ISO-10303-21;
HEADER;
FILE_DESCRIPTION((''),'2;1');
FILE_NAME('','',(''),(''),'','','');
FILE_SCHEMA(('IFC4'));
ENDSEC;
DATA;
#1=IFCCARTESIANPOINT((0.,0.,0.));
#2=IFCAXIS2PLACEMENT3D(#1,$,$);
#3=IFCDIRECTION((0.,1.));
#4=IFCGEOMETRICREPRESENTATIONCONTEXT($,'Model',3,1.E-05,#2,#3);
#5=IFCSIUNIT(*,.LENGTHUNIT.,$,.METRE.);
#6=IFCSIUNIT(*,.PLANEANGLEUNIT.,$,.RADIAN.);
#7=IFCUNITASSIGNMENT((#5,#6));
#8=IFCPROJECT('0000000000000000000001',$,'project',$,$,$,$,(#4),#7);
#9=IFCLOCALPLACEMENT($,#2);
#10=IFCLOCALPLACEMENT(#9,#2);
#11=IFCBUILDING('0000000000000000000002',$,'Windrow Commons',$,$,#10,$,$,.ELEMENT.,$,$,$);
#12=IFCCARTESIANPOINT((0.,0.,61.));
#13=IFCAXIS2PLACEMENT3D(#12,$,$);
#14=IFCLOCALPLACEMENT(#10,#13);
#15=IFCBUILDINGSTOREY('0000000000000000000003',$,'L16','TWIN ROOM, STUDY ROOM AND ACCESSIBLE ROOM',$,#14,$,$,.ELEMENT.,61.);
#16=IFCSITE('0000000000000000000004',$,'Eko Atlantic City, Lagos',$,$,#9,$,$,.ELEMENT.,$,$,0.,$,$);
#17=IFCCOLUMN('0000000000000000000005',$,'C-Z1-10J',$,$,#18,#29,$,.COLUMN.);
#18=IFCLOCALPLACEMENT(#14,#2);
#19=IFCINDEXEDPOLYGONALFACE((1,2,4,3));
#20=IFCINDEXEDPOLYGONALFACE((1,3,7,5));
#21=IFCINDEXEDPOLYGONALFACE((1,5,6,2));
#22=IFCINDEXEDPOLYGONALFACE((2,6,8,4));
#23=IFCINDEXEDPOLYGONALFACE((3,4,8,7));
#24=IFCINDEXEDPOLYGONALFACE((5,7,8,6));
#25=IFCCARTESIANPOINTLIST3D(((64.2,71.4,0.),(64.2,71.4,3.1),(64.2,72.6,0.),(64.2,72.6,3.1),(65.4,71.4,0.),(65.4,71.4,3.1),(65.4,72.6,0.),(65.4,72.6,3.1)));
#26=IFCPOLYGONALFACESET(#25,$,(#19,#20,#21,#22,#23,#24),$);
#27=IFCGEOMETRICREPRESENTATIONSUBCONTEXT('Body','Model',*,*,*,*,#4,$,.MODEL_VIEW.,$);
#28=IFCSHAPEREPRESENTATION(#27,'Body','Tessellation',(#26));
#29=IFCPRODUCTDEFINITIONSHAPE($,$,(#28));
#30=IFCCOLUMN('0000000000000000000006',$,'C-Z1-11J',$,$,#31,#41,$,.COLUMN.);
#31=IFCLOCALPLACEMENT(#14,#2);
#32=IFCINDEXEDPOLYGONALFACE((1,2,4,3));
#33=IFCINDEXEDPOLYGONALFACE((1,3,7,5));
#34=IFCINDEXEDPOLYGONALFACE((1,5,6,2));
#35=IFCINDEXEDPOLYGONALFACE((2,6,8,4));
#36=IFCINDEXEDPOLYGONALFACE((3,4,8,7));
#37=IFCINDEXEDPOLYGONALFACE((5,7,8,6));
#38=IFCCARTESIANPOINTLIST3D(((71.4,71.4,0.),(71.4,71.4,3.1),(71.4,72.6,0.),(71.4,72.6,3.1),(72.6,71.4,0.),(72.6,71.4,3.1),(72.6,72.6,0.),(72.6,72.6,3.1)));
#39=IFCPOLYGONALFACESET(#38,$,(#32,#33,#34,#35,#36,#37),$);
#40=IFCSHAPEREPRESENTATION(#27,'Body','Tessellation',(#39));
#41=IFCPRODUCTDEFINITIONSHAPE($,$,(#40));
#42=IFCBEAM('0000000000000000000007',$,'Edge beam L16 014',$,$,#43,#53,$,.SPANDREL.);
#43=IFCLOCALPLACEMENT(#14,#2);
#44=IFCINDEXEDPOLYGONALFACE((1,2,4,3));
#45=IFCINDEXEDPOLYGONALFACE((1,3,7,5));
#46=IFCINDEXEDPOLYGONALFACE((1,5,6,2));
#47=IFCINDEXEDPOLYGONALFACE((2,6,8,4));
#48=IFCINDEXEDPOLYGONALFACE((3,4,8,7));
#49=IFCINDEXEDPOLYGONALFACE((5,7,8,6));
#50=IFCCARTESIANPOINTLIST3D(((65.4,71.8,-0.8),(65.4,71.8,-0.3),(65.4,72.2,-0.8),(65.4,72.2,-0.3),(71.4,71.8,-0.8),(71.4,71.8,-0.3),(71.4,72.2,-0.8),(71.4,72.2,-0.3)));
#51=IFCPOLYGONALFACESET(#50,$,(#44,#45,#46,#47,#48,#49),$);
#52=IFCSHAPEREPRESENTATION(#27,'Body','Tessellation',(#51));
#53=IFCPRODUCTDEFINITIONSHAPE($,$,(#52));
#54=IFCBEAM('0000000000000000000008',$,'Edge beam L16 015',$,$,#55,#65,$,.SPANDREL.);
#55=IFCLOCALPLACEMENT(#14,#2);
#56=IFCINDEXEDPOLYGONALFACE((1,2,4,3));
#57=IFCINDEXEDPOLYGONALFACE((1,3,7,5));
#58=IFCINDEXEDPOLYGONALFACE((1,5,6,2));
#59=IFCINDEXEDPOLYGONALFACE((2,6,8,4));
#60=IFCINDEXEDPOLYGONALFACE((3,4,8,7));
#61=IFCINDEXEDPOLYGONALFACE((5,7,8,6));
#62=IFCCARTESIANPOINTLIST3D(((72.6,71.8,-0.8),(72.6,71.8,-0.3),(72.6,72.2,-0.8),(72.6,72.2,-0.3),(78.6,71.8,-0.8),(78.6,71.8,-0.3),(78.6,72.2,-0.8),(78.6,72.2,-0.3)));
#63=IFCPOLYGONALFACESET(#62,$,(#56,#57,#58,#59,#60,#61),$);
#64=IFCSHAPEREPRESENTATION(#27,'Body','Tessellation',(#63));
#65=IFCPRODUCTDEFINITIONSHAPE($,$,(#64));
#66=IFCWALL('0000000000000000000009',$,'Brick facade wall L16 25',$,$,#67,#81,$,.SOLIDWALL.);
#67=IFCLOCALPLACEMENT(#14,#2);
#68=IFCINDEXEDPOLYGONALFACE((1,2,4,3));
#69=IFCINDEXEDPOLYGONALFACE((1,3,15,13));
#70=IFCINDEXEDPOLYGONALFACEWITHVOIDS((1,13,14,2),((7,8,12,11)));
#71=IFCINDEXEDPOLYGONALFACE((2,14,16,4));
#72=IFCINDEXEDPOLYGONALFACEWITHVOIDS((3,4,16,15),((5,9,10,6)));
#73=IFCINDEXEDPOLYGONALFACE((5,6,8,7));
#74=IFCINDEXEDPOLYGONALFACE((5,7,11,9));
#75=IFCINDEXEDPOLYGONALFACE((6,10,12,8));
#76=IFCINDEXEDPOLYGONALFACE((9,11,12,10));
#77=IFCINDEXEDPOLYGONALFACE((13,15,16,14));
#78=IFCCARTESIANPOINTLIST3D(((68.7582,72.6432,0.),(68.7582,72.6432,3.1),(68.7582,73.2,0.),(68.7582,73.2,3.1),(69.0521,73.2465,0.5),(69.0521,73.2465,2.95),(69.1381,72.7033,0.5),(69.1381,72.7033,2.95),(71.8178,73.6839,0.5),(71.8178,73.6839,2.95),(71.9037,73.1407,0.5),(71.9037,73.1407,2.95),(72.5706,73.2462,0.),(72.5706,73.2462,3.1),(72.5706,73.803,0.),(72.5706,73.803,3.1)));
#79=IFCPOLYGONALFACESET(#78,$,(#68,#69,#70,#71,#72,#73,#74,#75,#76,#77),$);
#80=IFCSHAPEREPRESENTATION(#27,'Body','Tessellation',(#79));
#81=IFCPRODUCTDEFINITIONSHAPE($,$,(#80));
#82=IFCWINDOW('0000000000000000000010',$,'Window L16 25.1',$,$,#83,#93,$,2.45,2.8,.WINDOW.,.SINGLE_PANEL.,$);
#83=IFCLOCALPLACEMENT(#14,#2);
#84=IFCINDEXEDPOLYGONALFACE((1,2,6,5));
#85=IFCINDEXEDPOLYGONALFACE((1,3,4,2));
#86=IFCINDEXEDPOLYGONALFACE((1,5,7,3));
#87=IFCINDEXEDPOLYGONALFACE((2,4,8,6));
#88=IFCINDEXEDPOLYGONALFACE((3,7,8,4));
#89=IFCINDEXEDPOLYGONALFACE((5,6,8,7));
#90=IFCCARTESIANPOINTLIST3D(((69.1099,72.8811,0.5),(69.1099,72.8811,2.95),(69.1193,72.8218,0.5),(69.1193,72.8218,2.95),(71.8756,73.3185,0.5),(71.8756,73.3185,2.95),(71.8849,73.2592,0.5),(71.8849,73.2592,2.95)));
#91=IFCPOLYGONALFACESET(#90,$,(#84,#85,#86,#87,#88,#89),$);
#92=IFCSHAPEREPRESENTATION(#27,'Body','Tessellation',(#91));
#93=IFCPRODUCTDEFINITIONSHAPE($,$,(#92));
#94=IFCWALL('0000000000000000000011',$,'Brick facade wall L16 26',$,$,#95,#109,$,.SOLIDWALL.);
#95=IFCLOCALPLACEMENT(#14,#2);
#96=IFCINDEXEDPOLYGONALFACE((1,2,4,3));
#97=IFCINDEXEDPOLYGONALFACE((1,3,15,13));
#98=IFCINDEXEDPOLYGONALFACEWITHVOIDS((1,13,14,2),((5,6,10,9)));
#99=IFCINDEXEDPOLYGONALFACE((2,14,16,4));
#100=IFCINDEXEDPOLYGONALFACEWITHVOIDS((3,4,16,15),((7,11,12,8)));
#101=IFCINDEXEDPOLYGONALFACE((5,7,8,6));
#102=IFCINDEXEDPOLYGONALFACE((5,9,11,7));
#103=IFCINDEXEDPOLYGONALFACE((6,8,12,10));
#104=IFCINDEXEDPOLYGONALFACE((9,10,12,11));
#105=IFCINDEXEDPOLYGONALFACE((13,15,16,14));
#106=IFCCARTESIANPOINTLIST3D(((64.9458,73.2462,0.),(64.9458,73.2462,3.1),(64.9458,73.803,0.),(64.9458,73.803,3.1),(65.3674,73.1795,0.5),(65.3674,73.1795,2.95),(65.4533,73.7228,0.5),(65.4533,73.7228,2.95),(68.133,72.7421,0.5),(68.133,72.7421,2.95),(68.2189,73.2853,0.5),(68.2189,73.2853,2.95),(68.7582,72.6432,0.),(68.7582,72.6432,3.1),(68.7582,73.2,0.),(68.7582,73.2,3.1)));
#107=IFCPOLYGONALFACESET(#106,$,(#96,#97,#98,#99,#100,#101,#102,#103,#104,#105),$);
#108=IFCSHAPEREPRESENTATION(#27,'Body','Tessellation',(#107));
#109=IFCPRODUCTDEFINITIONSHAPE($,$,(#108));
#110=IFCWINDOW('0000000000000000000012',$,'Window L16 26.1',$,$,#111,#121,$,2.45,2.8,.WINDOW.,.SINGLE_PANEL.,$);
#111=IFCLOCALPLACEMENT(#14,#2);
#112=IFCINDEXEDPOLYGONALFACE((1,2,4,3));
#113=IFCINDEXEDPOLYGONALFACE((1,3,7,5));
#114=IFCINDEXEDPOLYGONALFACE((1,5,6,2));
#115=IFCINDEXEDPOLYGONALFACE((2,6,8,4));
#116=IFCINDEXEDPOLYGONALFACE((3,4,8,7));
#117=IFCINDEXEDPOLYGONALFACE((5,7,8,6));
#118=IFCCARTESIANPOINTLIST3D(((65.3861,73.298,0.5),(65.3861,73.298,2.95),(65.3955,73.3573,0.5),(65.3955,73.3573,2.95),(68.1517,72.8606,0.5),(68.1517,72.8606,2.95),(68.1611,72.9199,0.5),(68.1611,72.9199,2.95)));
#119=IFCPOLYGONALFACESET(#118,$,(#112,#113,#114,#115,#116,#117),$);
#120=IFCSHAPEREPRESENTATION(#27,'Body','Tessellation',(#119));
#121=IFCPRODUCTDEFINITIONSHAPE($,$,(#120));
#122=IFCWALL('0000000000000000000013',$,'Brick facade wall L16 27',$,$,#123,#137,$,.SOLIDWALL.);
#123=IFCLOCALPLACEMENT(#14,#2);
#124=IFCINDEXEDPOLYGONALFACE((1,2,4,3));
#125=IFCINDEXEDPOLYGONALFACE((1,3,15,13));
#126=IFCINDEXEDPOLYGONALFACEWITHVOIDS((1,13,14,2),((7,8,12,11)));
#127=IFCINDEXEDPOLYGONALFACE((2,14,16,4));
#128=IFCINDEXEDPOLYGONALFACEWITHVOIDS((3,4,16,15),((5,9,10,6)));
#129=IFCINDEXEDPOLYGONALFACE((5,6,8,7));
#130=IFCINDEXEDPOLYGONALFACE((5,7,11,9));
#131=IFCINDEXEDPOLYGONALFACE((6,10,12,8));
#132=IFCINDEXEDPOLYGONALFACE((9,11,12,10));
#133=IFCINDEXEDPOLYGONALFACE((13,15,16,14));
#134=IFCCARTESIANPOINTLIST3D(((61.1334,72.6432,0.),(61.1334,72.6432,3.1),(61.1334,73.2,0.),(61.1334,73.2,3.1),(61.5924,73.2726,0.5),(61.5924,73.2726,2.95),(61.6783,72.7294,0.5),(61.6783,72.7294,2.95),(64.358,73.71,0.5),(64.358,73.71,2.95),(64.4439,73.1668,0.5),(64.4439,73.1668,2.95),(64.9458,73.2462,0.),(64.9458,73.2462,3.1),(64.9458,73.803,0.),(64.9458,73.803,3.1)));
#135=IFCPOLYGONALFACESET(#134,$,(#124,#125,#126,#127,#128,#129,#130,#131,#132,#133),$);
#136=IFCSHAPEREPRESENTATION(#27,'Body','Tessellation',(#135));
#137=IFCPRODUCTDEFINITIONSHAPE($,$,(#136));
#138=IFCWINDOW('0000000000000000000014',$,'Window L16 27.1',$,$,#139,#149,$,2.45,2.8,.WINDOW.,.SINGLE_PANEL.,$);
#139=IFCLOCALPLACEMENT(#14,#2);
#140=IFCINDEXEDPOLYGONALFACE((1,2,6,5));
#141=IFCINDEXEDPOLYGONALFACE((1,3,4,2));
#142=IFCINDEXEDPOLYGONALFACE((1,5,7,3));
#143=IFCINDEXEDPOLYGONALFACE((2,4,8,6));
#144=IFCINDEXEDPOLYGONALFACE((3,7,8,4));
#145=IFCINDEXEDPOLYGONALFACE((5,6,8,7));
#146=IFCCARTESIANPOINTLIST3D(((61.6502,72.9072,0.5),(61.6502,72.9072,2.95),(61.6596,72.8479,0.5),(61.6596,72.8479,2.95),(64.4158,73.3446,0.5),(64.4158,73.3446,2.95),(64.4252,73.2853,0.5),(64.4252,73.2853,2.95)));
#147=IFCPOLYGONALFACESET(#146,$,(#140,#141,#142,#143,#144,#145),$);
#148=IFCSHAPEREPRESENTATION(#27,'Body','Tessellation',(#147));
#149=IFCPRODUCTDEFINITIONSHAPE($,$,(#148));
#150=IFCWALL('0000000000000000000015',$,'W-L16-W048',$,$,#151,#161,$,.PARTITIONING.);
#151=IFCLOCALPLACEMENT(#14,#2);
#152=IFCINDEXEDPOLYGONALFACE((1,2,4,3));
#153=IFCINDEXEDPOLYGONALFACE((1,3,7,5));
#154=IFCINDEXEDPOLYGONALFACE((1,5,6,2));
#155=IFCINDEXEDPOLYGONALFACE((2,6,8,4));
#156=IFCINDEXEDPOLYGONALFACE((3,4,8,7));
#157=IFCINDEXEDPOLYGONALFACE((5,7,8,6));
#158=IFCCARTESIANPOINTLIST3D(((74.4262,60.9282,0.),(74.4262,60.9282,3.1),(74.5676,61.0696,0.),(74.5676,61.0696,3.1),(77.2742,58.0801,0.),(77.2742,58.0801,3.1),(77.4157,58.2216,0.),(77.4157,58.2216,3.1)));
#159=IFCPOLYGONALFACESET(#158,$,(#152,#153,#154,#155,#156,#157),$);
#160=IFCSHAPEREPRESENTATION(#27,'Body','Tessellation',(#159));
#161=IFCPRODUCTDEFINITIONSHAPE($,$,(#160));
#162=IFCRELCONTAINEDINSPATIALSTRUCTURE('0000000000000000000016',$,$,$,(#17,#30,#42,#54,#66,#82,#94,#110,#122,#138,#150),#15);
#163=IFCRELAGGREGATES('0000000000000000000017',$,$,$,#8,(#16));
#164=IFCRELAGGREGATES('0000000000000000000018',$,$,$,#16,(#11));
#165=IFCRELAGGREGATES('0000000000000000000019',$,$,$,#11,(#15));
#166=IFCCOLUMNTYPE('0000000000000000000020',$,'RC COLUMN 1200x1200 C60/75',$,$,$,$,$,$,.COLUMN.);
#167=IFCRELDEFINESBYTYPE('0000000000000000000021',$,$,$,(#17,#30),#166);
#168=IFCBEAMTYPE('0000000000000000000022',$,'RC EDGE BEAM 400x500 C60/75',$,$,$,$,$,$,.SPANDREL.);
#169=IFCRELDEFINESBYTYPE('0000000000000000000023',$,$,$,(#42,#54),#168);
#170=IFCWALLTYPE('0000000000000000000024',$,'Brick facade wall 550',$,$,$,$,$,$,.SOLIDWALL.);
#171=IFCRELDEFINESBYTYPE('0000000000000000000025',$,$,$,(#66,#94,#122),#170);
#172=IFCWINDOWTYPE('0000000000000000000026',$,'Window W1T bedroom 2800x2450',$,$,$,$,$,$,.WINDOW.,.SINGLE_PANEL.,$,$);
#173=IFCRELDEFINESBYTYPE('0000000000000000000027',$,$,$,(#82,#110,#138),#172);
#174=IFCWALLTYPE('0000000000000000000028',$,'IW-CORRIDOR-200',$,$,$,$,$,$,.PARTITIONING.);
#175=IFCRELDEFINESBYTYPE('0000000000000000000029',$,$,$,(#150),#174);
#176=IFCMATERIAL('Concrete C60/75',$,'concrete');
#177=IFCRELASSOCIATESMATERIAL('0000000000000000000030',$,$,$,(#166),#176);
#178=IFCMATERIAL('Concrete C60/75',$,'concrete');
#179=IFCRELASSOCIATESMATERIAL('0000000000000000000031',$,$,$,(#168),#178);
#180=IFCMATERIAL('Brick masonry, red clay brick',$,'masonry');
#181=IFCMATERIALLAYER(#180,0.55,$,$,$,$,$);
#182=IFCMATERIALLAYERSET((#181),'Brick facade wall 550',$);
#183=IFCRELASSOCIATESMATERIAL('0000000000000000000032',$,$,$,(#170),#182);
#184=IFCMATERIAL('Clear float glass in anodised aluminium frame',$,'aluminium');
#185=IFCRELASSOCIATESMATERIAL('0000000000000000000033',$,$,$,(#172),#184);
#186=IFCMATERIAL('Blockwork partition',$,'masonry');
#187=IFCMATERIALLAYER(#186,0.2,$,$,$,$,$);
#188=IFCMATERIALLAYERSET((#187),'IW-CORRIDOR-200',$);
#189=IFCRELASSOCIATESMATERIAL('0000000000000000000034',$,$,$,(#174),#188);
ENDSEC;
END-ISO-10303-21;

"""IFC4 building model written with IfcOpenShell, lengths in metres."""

from ifc_helpers import new_model, si_unit, direction, frame, frame_2d, origin, origin_2d, place, context, subcontext, project, spatial, polyline, rectangle, outline, extrude, material, layer, layer_set, material_profile, profile_set, type_object, element, fill, save


model = new_model("IFC4")

# Units and contexts
model_context = context("Model", 3, precision=1e-05, world=origin(), true_north=direction((0.0, 1.0)))
body_context = subcontext(model_context, "Body", "Model", "MODEL_VIEW")
ifc_project = project(units=[si_unit("LENGTHUNIT", "METRE"), si_unit("PLANEANGLEUNIT", "RADIAN")], contexts=[model_context])

# Site, building, storey
site_placement = place(None, origin())
site = spatial("IfcSite", under=ifc_project, at=site_placement, Name="Eko Atlantic City, Lagos", CompositionType="ELEMENT", RefElevation=0.0)
building_placement = place(site_placement, origin())
building = spatial("IfcBuilding", under=site, at=building_placement, Name="Windrow Commons", CompositionType="ELEMENT")
storey_placement = place(building_placement, frame((0.0, 0.0, 61.0)))
storey = spatial("IfcBuildingStorey", under=building, at=storey_placement, Name="L16", Description="TWIN ROOM, STUDY ROOM AND ACCESSIBLE ROOM", CompositionType="ELEMENT", Elevation=61.0)

# Columns
ifc_material_1 = material(Name="Concrete C60/75", Category="concrete")
ifc_material_profile_1 = material_profile(ifc_material_1, rectangle(XDim=1.2, YDim=1.2, at=origin_2d()))
ifc_profile_set_1 = profile_set([ifc_material_profile_1], Name="Concrete C60/75")
column_type = type_object("IfcColumnType", Name="RC COLUMN 1200x1200 C60/75", PredefinedType="COLUMN", material=ifc_profile_set_1)
for number, where, z_axis, x_axis, name in (
    (1, (64.8, 72.0, 0.0), (0.0, 0.0, 1.0), (1.0, 0.0, 0.0), "C-Z1-10J"),
    (2, (72.0, 72.0, 0.0), (0.0, 0.0, 1.0), (1.0, 0.0, 0.0), "C-Z1-11J"),
):
    element("IfcColumn", number, at=place(storey_placement, frame(where, z_axis=z_axis, x_axis=x_axis)), inside=storey, type_object=column_type, Name=name, PredefinedType="COLUMN", context=body_context, shape_type="SweptSolid", body=[
        extrude(rectangle(XDim=1.2, YDim=1.2, at=origin_2d()), origin(), (0.0, 0.0, 1.0), 3.1),
    ])

# Beams
ifc_material_2 = material(Name="Concrete C60/75", Category="concrete")
ifc_material_profile_2 = material_profile(ifc_material_2, rectangle(XDim=0.4, YDim=0.5, at=origin_2d()))
ifc_profile_set_2 = profile_set([ifc_material_profile_2], Name="Concrete C60/75")
beam_type = type_object("IfcBeamType", Name="RC EDGE BEAM 400x500 C60/75", PredefinedType="SPANDREL", material=ifc_profile_set_2)
for number, where, z_axis, x_axis, name in (
    (3, (65.4, 72.0, -0.55), (1.0, 0.0, 0.0), (0.0, 1.0, 0.0), "Edge beam L16 014"),
    (4, (72.6, 72.0, -0.55), (1.0, 0.0, 0.0), (0.0, 1.0, 0.0), "Edge beam L16 015"),
):
    element("IfcBeam", number, at=place(storey_placement, frame(where, z_axis=z_axis, x_axis=x_axis)), inside=storey, type_object=beam_type, Name=name, PredefinedType="SPANDREL", context=body_context, shape_type="SweptSolid", body=[
        extrude(rectangle(XDim=0.4, YDim=0.5, at=origin_2d()), origin(), (0.0, 0.0, 1.0), 6.0),
    ])

# Walls, openings, windows
ifc_material_3 = material(Name="Brick masonry, red clay brick", Category="masonry")
ifc_layer_1 = layer(ifc_material_3, 0.55)
ifc_layer_set_1 = layer_set([ifc_layer_1], Name="Brick facade wall 550")
wall_type_1 = type_object("IfcWallType", Name="Brick facade wall 550", PredefinedType="SOLIDWALL", material=ifc_layer_set_1)
wall_1_placement = place(storey_placement, frame((72.5706, 73.5246, 0.0), z_axis=(0.0, 0.0, 1.0), x_axis=(-0.987721, -0.156226, 0.0)))
wall_1 = element("IfcWall", 5, at=wall_1_placement, inside=storey, type_object=wall_type_1, Name="Brick facade wall L16 25", PredefinedType="SOLIDWALL", context=body_context, shape_type="SweptSolid", body=[
    extrude(outline(polyline([(-0.0435, -0.275), (3.8163, -0.275), (3.9033, 0.275), (0.0435, 0.275), (-0.0435, -0.275)])), origin(), (0.0, 0.0, 1.0), 3.1),
])
opening_1_placement = place(wall_1_placement, frame((0.7187, 0.0, 0.5)))
opening_1 = element("IfcOpeningElement", 6, at=opening_1_placement, cuts=wall_1, PredefinedType="OPENING", context=body_context, shape_type="SweptSolid", body=[
    extrude(rectangle(XDim=2.8, YDim=2.45, at=frame_2d((1.4, 1.225))), frame((0.0, 0.285, 0.0), z_axis=(0.0, -1.0, 0.0), x_axis=(1.0, 0.0, 0.0)), (0.0, 0.0, 1.0), 0.57),
])
ifc_material_4 = material(Name="Clear float glass in anodised aluminium frame", Category="aluminium")
window_type = type_object("IfcWindowType", Name="Window W1T bedroom 2800x2450", PartitioningType="SINGLE_PANEL", PredefinedType="WINDOW", material=ifc_material_4)
window_1_placement = place(opening_1_placement, origin())
window_1 = element("IfcWindow", 7, at=window_1_placement, inside=storey, type_object=window_type, Name="Window L16 25.1", OverallHeight=2.45, OverallWidth=2.8, PartitioningType="SINGLE_PANEL", PredefinedType="WINDOW", context=body_context, shape_type="SweptSolid", body=[
    extrude(rectangle(XDim=2.8, YDim=2.45, at=frame_2d((1.4, 1.225))), frame((0.0, 0.155, 0.0), z_axis=(0.0, -1.0, 0.0), x_axis=(1.0, 0.0, 0.0)), (0.0, 0.0, 1.0), 0.06),
])
fill(opening_1, window_1)
wall_2_placement = place(storey_placement, frame((68.7582, 72.9216, 0.0), z_axis=(0.0, 0.0, 1.0), x_axis=(-0.987721, 0.156226, 0.0)))
wall_2 = element("IfcWall", 8, at=wall_2_placement, inside=storey, type_object=wall_type_1, Name="Brick facade wall L16 26", PredefinedType="SOLIDWALL", context=body_context, shape_type="SweptSolid", body=[
    extrude(outline(polyline([(0.0435, -0.275), (3.9033, -0.275), (3.8163, 0.275), (-0.0435, 0.275), (0.0435, -0.275)])), origin(), (0.0, 0.0, 1.0), 3.1),
])
opening_2_placement = place(wall_2_placement, frame((0.5895, 0.0, 0.5)))
opening_2 = element("IfcOpeningElement", 9, at=opening_2_placement, cuts=wall_2, PredefinedType="OPENING", context=body_context, shape_type="SweptSolid", body=[
    extrude(rectangle(XDim=2.8, YDim=2.45, at=frame_2d((1.4, 1.225))), frame((0.0, 0.285, 0.0), z_axis=(0.0, -1.0, 0.0), x_axis=(1.0, 0.0, 0.0)), (0.0, 0.0, 1.0), 0.57),
])
window_2_placement = place(opening_2_placement, origin())
window_2 = element("IfcWindow", 10, at=window_2_placement, inside=storey, type_object=window_type, Name="Window L16 26.1", OverallHeight=2.45, OverallWidth=2.8, PartitioningType="SINGLE_PANEL", PredefinedType="WINDOW", context=body_context, shape_type="SweptSolid", body=[
    extrude(rectangle(XDim=2.8, YDim=2.45, at=frame_2d((1.4, 1.225))), frame((0.0, 0.155, 0.0), z_axis=(0.0, -1.0, 0.0), x_axis=(1.0, 0.0, 0.0)), (0.0, 0.0, 1.0), 0.06),
])
fill(opening_2, window_2)
wall_3_placement = place(storey_placement, frame((64.9458, 73.5246, 0.0), z_axis=(0.0, 0.0, 1.0), x_axis=(-0.987721, -0.156226, 0.0)))
wall_3 = element("IfcWall", 11, at=wall_3_placement, inside=storey, type_object=wall_type_1, Name="Brick facade wall L16 27", PredefinedType="SOLIDWALL", context=body_context, shape_type="SweptSolid", body=[
    extrude(outline(polyline([(-0.0435, -0.275), (3.8163, -0.275), (3.9033, 0.275), (0.0435, 0.275), (-0.0435, -0.275)])), origin(), (0.0, 0.0, 1.0), 3.1),
])
opening_3_placement = place(wall_3_placement, frame((0.5516, 0.0, 0.5)))
opening_3 = element("IfcOpeningElement", 12, at=opening_3_placement, cuts=wall_3, PredefinedType="OPENING", context=body_context, shape_type="SweptSolid", body=[
    extrude(rectangle(XDim=2.8, YDim=2.45, at=frame_2d((1.4, 1.225))), frame((0.0, 0.285, 0.0), z_axis=(0.0, -1.0, 0.0), x_axis=(1.0, 0.0, 0.0)), (0.0, 0.0, 1.0), 0.57),
])
window_3_placement = place(opening_3_placement, origin())
window_3 = element("IfcWindow", 13, at=window_3_placement, inside=storey, type_object=window_type, Name="Window L16 27.1", OverallHeight=2.45, OverallWidth=2.8, PartitioningType="SINGLE_PANEL", PredefinedType="WINDOW", context=body_context, shape_type="SweptSolid", body=[
    extrude(rectangle(XDim=2.8, YDim=2.45, at=frame_2d((1.4, 1.225))), frame((0.0, 0.155, 0.0), z_axis=(0.0, -1.0, 0.0), x_axis=(1.0, 0.0, 0.0)), (0.0, 0.0, 1.0), 0.06),
])
fill(opening_3, window_3)

# Wall
ifc_material_5 = material(Name="Blockwork partition", Category="masonry")
ifc_layer_2 = layer(ifc_material_5, 0.2)
ifc_layer_set_2 = layer_set([ifc_layer_2], Name="IW-CORRIDOR-200")
wall_type_2 = type_object("IfcWallType", Name="IW-CORRIDOR-200", PredefinedType="PARTITIONING", material=ifc_layer_set_2)
wall_4_placement = place(storey_placement, frame((74.4969, 60.9989, 0.0), z_axis=(0.0, 0.0, 1.0), x_axis=(0.707107, -0.707107, 0.0)))
element("IfcWall", 14, at=wall_4_placement, inside=storey, type_object=wall_type_2, Name="W-L16-W048", PredefinedType="PARTITIONING", context=body_context, shape_type="SweptSolid", body=[
    extrude(rectangle(XDim=4.0277, YDim=0.2, at=frame_2d((2.0139, 0.0))), origin(), (0.0, 0.0, 1.0), 3.1),
])

save(model, "model.ifc")
